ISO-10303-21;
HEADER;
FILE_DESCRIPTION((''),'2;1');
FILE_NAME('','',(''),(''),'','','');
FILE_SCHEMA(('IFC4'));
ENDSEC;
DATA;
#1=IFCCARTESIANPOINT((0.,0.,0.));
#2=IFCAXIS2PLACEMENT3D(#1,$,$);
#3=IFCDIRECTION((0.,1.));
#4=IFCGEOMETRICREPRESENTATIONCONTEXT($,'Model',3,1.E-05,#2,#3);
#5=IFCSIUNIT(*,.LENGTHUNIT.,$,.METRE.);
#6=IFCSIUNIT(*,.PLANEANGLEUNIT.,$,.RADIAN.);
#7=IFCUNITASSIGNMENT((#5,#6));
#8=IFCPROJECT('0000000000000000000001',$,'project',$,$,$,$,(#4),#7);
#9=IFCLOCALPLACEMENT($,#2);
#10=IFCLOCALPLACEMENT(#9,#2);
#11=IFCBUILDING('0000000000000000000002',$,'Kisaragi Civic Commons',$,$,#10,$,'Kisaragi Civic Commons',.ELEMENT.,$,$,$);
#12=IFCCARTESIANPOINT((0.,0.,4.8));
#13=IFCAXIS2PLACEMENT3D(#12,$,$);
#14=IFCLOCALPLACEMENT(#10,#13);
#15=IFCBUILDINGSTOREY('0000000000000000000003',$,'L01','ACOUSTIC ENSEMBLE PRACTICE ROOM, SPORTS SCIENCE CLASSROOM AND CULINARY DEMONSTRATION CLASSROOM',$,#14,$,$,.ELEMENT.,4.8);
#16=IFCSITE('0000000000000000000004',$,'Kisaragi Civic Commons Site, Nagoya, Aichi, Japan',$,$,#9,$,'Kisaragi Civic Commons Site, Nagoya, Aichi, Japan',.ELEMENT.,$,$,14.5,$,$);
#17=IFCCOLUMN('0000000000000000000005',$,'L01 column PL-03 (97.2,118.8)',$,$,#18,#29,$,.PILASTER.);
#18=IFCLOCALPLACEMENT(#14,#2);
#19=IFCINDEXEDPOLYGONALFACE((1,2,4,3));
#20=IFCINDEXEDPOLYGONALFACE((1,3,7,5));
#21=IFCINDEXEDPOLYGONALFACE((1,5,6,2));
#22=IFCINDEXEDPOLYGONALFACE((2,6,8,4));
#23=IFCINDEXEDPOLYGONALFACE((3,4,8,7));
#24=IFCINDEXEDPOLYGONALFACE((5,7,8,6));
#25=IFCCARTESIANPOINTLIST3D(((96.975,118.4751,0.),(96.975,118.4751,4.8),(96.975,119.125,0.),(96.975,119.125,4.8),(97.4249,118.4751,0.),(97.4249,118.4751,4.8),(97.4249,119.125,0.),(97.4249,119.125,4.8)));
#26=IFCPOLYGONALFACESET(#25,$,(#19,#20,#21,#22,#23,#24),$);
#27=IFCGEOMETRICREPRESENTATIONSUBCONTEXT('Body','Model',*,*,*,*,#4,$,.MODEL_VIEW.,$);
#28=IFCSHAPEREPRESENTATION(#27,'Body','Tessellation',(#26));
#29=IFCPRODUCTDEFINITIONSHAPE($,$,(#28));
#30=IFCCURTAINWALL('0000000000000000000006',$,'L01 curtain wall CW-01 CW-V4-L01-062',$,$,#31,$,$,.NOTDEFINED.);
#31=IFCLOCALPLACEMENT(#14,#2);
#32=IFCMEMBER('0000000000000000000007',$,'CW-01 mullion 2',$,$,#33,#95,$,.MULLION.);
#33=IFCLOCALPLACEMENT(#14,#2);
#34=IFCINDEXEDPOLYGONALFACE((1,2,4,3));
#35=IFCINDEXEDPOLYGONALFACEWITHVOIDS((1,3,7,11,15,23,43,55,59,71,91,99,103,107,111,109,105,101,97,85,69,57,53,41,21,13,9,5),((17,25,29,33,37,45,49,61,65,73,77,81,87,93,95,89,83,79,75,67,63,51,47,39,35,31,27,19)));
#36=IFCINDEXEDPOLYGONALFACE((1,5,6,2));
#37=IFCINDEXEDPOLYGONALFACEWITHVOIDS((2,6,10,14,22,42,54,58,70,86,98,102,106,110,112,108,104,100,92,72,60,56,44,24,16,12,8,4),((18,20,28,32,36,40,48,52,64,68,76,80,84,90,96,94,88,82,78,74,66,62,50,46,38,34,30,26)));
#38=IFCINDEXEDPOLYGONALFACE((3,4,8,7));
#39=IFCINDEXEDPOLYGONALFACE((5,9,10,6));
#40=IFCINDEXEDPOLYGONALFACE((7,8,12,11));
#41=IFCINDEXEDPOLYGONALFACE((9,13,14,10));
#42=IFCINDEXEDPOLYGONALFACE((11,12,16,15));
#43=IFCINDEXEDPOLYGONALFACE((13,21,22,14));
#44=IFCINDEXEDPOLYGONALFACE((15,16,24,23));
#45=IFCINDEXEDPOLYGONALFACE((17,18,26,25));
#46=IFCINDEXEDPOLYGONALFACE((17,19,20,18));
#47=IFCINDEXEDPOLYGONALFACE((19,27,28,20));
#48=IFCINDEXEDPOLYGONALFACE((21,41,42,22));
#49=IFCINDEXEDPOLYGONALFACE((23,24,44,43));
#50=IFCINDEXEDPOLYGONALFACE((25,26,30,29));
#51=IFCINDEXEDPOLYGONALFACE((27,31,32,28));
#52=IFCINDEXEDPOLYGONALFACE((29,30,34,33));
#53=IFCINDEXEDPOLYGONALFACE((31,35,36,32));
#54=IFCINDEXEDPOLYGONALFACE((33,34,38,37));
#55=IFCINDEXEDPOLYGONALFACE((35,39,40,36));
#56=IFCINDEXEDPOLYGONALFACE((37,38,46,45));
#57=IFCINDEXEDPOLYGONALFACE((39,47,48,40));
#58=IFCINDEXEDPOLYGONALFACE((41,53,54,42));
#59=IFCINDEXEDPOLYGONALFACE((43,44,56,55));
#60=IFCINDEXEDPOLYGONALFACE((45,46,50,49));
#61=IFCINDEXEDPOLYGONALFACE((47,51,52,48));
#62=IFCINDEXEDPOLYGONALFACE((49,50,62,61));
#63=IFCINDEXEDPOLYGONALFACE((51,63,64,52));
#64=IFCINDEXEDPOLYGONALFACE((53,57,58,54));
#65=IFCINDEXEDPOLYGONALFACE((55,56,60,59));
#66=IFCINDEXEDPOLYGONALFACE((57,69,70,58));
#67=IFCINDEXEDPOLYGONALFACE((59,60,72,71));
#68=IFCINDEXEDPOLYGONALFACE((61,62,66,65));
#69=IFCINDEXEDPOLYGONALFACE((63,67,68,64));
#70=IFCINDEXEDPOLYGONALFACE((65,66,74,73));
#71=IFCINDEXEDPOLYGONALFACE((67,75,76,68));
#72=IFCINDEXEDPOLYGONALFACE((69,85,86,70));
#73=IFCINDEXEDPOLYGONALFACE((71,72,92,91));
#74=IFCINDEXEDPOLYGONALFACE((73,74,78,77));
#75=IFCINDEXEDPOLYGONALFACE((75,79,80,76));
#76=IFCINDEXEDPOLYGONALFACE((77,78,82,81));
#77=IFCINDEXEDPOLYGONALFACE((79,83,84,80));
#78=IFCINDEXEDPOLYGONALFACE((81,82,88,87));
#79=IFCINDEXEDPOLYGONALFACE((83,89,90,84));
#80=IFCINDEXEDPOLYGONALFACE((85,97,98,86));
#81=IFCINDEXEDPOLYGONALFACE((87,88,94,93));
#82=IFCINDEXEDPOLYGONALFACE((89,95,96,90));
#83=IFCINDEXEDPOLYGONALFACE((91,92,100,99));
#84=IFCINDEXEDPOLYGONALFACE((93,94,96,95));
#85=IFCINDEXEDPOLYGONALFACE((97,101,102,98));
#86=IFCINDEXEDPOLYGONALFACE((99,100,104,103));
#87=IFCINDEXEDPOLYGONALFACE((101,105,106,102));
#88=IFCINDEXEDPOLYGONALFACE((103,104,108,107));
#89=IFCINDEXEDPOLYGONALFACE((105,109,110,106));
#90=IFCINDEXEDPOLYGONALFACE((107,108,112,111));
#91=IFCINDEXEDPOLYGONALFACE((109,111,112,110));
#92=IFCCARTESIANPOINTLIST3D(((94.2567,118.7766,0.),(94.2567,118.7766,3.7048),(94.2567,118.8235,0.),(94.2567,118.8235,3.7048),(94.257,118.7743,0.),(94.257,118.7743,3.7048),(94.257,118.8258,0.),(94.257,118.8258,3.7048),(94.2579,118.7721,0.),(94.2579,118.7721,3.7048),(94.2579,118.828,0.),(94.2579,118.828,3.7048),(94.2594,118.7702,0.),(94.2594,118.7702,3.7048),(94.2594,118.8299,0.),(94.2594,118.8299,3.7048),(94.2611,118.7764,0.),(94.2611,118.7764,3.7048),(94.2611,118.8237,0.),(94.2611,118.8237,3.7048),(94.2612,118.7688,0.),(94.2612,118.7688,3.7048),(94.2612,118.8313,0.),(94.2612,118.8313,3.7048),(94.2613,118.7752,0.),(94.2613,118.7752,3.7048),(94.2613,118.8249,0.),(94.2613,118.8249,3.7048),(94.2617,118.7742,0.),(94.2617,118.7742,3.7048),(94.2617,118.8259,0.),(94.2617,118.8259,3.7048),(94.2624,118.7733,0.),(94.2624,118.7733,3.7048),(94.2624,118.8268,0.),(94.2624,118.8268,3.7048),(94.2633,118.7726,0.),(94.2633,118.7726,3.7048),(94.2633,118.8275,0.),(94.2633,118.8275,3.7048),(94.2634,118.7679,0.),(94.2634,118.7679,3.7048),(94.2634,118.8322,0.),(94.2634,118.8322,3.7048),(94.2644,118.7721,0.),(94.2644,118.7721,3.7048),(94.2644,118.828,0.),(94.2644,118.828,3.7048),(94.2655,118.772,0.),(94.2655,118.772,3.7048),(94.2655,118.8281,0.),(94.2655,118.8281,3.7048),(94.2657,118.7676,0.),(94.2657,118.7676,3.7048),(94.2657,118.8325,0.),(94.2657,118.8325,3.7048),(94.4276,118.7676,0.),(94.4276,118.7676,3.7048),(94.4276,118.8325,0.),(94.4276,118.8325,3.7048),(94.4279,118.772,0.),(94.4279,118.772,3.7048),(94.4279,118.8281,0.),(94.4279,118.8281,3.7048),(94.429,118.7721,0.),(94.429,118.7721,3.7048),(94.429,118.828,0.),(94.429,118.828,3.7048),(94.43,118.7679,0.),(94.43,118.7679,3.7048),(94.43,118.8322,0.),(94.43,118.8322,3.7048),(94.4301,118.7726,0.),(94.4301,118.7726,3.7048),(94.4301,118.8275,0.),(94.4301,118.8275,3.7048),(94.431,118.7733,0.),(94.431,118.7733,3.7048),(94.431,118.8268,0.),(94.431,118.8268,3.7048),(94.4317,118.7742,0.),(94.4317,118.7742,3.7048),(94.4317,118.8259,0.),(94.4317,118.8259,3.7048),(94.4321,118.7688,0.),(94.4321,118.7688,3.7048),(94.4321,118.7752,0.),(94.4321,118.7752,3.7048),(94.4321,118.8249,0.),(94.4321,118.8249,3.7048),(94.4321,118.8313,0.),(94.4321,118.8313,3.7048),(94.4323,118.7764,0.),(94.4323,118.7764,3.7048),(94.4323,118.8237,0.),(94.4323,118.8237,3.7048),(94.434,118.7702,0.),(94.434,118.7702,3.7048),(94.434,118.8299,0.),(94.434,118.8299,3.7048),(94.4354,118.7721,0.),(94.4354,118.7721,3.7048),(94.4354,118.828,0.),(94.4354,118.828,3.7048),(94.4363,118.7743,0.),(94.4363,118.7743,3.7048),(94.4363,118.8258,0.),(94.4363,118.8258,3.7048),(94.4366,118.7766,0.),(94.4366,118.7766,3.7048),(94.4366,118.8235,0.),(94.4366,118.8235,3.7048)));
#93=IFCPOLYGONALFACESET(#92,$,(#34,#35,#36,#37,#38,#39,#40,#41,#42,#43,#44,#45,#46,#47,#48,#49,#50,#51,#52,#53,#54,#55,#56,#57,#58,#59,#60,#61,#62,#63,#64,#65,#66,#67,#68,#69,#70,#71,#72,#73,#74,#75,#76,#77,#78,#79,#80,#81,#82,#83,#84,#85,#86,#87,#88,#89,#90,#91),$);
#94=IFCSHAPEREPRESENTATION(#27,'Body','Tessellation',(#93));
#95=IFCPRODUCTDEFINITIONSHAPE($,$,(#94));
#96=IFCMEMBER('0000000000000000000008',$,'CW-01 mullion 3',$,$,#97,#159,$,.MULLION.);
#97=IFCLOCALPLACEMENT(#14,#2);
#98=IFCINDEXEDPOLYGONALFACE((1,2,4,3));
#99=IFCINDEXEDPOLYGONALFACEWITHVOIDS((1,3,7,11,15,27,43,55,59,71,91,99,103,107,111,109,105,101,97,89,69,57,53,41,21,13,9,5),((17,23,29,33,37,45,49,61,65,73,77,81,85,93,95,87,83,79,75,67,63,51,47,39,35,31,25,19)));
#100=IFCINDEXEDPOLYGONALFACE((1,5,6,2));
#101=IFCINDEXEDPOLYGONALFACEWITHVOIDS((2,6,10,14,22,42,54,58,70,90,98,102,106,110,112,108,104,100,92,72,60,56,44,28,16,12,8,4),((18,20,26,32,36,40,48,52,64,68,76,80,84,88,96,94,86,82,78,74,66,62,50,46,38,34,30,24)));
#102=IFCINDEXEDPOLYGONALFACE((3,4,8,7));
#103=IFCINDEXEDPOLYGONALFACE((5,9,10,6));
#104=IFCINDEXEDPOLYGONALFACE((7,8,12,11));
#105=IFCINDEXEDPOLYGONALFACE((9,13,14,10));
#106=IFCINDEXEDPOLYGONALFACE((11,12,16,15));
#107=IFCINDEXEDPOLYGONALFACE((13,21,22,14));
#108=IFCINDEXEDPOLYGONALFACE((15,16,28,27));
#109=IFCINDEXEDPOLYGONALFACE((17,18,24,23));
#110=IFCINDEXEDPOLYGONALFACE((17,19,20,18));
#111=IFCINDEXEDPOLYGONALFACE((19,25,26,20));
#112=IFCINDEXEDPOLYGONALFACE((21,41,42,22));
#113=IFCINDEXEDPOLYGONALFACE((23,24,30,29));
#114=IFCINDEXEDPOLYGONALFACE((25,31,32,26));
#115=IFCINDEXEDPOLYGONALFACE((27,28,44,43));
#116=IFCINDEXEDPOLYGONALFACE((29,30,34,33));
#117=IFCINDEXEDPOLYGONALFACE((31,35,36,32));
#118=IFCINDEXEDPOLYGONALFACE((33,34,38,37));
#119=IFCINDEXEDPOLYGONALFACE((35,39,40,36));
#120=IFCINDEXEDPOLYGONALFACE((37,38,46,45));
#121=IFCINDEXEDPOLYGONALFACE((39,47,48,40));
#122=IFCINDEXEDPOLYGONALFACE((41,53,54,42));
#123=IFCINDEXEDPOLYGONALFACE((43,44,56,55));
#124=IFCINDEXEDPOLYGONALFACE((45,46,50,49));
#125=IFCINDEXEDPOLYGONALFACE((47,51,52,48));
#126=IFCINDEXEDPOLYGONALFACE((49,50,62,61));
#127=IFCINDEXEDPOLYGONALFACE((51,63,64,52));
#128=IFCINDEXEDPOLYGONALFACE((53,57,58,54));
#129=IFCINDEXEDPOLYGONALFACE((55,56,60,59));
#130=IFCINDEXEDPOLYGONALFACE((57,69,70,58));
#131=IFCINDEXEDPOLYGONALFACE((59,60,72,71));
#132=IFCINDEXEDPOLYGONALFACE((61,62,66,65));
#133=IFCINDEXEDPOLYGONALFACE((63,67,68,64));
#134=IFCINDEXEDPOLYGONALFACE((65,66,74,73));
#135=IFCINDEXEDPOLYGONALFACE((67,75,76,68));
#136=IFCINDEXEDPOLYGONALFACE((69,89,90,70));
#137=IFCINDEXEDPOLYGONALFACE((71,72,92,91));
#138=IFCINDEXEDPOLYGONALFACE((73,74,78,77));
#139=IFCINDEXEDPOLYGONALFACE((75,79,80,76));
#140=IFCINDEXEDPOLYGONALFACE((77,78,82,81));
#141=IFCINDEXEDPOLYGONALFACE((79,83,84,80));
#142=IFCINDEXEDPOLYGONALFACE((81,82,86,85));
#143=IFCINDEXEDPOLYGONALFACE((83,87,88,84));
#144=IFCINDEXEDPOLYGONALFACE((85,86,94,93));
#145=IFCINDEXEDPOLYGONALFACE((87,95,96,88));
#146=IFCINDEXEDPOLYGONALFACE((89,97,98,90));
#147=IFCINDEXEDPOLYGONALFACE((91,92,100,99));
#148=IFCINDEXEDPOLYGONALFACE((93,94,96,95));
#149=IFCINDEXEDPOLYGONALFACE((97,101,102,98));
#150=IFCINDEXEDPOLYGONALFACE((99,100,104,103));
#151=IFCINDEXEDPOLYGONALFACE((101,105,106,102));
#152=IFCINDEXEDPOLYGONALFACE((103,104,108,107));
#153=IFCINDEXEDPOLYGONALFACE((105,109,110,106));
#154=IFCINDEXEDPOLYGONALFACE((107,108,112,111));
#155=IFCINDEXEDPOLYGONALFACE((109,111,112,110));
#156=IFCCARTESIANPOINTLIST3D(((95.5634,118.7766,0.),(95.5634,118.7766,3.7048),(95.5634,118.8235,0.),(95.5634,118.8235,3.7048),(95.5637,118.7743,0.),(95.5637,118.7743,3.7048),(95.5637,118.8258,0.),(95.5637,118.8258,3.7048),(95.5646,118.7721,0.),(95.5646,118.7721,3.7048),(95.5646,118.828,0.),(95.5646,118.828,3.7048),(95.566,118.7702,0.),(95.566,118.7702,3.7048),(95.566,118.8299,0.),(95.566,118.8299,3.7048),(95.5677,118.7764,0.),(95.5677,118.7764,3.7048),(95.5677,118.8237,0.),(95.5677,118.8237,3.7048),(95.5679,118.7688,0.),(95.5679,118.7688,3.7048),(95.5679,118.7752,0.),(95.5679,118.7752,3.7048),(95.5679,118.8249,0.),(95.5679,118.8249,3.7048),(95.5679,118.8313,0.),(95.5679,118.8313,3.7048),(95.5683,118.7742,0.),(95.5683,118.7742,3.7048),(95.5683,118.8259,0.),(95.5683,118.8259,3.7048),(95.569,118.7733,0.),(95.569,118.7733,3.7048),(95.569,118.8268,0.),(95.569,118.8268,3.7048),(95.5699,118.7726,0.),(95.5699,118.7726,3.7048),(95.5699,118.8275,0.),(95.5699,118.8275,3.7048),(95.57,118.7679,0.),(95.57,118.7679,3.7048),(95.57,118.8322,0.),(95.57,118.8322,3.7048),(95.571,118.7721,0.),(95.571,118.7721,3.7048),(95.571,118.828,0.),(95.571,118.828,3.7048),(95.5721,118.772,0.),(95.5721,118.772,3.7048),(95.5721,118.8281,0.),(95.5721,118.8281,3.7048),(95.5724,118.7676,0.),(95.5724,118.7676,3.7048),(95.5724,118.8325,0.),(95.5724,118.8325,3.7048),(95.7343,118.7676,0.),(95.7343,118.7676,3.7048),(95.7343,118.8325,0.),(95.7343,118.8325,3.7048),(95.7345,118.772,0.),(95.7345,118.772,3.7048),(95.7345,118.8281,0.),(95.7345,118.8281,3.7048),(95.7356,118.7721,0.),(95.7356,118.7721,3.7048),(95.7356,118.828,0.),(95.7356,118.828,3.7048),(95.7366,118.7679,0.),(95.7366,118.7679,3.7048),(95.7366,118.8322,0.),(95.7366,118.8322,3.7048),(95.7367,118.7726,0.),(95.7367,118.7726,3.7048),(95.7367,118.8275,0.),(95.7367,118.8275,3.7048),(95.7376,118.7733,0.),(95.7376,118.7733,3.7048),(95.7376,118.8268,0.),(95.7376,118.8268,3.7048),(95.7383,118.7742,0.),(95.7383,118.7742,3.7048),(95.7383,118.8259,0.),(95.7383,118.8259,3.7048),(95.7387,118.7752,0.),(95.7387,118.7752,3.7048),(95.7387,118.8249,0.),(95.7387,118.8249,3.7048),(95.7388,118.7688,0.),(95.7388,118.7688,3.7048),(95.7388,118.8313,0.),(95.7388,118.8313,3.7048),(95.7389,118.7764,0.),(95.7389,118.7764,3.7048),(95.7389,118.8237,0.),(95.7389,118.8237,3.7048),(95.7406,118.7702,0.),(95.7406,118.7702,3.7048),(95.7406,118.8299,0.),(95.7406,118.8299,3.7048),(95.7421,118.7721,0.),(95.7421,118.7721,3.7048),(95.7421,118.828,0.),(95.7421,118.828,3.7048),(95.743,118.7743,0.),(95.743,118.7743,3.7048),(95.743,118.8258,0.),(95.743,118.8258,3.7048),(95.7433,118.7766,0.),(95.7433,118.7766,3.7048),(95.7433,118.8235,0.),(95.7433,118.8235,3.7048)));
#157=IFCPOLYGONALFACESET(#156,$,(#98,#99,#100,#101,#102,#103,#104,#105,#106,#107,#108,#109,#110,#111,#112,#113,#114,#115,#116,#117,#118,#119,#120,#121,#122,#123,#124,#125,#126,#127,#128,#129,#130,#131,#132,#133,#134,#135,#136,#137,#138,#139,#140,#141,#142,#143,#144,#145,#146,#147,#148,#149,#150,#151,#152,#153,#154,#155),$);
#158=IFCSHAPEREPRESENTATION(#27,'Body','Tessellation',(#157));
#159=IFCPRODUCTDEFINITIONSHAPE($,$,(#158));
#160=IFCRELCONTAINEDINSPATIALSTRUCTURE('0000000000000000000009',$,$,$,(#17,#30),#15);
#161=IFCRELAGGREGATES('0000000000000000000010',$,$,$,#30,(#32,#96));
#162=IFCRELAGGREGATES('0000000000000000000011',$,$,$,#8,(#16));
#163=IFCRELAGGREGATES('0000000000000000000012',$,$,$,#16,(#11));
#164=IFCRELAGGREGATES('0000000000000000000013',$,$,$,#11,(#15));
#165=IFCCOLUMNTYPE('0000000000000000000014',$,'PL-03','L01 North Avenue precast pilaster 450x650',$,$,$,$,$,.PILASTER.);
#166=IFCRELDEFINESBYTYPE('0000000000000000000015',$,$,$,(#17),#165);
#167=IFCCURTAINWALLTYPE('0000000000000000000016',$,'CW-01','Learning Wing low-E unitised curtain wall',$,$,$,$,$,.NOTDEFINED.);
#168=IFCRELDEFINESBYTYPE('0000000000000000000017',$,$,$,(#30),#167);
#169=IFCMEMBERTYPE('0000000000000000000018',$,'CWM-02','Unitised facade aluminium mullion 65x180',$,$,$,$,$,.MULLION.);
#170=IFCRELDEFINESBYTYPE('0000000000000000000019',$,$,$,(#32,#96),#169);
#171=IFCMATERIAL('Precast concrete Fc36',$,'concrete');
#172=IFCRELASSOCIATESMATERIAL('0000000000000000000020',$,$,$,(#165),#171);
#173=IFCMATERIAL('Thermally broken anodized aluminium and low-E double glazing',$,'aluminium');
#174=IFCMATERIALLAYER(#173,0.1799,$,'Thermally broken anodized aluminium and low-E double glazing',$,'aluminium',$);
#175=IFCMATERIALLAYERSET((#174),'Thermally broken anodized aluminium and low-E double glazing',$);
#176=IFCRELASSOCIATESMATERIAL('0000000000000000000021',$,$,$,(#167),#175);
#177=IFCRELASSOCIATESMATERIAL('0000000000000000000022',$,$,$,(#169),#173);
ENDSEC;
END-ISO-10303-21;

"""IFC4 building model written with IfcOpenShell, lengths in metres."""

from ifc_helpers import new_model, si_unit, direction, frame, origin, origin_2d, place, context, subcontext, project, spatial, rectangle, hollow_rectangle, extrude, material, layer, layer_set, material_profile, profile_set, type_object, element, aggregate, save


model = new_model("IFC4")

# Units and contexts
model_context = context("Model", 3, precision=1e-05, world=origin(), true_north=direction((0.0, 1.0)))
body_context = subcontext(model_context, "Body", "Model", "MODEL_VIEW")
ifc_project = project(units=[si_unit("LENGTHUNIT", "METRE"), si_unit("PLANEANGLEUNIT", "RADIAN")], contexts=[model_context])

# Site, building, storey
site_placement = place(None, origin())
site = spatial("IfcSite", under=ifc_project, at=site_placement, Name="Kisaragi Civic Commons Site, Nagoya, Aichi, Japan", LongName="Kisaragi Civic Commons Site, Nagoya, Aichi, Japan", CompositionType="ELEMENT", RefElevation=14.5)
building_placement = place(site_placement, origin())
building = spatial("IfcBuilding", under=site, at=building_placement, Name="Kisaragi Civic Commons", LongName="Kisaragi Civic Commons", CompositionType="ELEMENT")
storey_placement = place(building_placement, frame((0.0, 0.0, 4.8)))
storey = spatial("IfcBuildingStorey", under=building, at=storey_placement, Name="L01", Description="ACOUSTIC ENSEMBLE PRACTICE ROOM, SPORTS SCIENCE CLASSROOM AND CULINARY DEMONSTRATION CLASSROOM", CompositionType="ELEMENT", Elevation=4.8)

# Column
ifc_material_1 = material(Name="Precast concrete Fc36", Category="concrete")
ifc_material_profile_1 = material_profile(ifc_material_1, rectangle(XDim=0.45, YDim=0.6499, at=origin_2d()), Name="RC-450x650", Category="concrete")
ifc_profile_set_1 = profile_set([ifc_material_profile_1], Name="Precast concrete Fc36")
column_type = type_object("IfcColumnType", Name="PL-03", Description="L01 North Avenue precast pilaster 450x650", PredefinedType="PILASTER", material=ifc_profile_set_1)
column_placement = place(storey_placement, frame((97.2, 118.8, 0.0), z_axis=(0.0, 0.0, 1.0), x_axis=(1.0, 0.0, 0.0)))
element("IfcColumn", 1, at=column_placement, inside=storey, type_object=column_type, Name="L01 column PL-03 (97.2,118.8)", PredefinedType="PILASTER", context=body_context, shape_type="SweptSolid", body=[
    extrude(rectangle(XDim=0.45, YDim=0.6499, at=origin_2d()), origin(), (0.0, 0.0, 1.0), 4.8),
])

# Curtain wall, members
ifc_material_2 = material(Name="Thermally broken anodized aluminium and low-E double glazing", Category="aluminium")
ifc_layer_1 = layer(ifc_material_2, 0.1799, Name="Thermally broken anodized aluminium and low-E double glazing", Category="aluminium")
ifc_layer_set_1 = layer_set([ifc_layer_1], Name="Thermally broken anodized aluminium and low-E double glazing")
curtain_wall_type = type_object("IfcCurtainWallType", Name="CW-01", Description="Learning Wing low-E unitised curtain wall", PredefinedType="NOTDEFINED", material=ifc_layer_set_1)
curtain_wall_placement = place(storey_placement, origin())
curtain_wall = element("IfcCurtainWall", 2, at=curtain_wall_placement, inside=storey, type_object=curtain_wall_type, Name="L01 curtain wall CW-01 CW-V4-L01-062", PredefinedType="NOTDEFINED")
ifc_material_profile_2 = material_profile(ifc_material_2, hollow_rectangle(XDim=0.0649, YDim=0.1799, WallThickness=0.0044, InnerFilletRadius=0.0044, OuterFilletRadius=0.009, at=origin_2d()), Name="CWM-65x180x4.5", Category="aluminium")
ifc_profile_set_2 = profile_set([ifc_material_profile_2], Name="Thermally broken anodized aluminium and low-E double glazing")
member_type_1 = type_object("IfcMemberType", Name="CWM-02", Description="Unitised facade aluminium mullion 65x180", PredefinedType="MULLION", material=ifc_profile_set_2)
member_1_placement = place(storey_placement, frame((94.3467, 118.8, 0.0), z_axis=(0.0, 0.0, 1.0), x_axis=(0.0, 1.0, 0.0)))
member_1 = element("IfcMember", 3, at=member_1_placement, type_object=member_type_1, Name="CW-01 mullion 2", PredefinedType="MULLION", context=body_context, shape_type="SweptSolid", body=[
    extrude(hollow_rectangle(XDim=0.0649, YDim=0.1799, WallThickness=0.0044, InnerFilletRadius=0.0044, OuterFilletRadius=0.009, at=origin_2d()), origin(), (0.0, 0.0, 1.0), 3.7048),
])
member_2_placement = place(storey_placement, frame((95.6533, 118.8, 0.0), z_axis=(0.0, 0.0, 1.0), x_axis=(0.0, 1.0, 0.0)))
member_2 = element("IfcMember", 4, at=member_2_placement, type_object=member_type_1, Name="CW-01 mullion 3", PredefinedType="MULLION", context=body_context, shape_type="SweptSolid", body=[
    extrude(hollow_rectangle(XDim=0.0649, YDim=0.1799, WallThickness=0.0044, InnerFilletRadius=0.0044, OuterFilletRadius=0.009, at=origin_2d()), origin(), (0.0, 0.0, 1.0), 3.7048),
])
aggregate(curtain_wall, [member_1, member_2])

save(model, "model.ifc")
